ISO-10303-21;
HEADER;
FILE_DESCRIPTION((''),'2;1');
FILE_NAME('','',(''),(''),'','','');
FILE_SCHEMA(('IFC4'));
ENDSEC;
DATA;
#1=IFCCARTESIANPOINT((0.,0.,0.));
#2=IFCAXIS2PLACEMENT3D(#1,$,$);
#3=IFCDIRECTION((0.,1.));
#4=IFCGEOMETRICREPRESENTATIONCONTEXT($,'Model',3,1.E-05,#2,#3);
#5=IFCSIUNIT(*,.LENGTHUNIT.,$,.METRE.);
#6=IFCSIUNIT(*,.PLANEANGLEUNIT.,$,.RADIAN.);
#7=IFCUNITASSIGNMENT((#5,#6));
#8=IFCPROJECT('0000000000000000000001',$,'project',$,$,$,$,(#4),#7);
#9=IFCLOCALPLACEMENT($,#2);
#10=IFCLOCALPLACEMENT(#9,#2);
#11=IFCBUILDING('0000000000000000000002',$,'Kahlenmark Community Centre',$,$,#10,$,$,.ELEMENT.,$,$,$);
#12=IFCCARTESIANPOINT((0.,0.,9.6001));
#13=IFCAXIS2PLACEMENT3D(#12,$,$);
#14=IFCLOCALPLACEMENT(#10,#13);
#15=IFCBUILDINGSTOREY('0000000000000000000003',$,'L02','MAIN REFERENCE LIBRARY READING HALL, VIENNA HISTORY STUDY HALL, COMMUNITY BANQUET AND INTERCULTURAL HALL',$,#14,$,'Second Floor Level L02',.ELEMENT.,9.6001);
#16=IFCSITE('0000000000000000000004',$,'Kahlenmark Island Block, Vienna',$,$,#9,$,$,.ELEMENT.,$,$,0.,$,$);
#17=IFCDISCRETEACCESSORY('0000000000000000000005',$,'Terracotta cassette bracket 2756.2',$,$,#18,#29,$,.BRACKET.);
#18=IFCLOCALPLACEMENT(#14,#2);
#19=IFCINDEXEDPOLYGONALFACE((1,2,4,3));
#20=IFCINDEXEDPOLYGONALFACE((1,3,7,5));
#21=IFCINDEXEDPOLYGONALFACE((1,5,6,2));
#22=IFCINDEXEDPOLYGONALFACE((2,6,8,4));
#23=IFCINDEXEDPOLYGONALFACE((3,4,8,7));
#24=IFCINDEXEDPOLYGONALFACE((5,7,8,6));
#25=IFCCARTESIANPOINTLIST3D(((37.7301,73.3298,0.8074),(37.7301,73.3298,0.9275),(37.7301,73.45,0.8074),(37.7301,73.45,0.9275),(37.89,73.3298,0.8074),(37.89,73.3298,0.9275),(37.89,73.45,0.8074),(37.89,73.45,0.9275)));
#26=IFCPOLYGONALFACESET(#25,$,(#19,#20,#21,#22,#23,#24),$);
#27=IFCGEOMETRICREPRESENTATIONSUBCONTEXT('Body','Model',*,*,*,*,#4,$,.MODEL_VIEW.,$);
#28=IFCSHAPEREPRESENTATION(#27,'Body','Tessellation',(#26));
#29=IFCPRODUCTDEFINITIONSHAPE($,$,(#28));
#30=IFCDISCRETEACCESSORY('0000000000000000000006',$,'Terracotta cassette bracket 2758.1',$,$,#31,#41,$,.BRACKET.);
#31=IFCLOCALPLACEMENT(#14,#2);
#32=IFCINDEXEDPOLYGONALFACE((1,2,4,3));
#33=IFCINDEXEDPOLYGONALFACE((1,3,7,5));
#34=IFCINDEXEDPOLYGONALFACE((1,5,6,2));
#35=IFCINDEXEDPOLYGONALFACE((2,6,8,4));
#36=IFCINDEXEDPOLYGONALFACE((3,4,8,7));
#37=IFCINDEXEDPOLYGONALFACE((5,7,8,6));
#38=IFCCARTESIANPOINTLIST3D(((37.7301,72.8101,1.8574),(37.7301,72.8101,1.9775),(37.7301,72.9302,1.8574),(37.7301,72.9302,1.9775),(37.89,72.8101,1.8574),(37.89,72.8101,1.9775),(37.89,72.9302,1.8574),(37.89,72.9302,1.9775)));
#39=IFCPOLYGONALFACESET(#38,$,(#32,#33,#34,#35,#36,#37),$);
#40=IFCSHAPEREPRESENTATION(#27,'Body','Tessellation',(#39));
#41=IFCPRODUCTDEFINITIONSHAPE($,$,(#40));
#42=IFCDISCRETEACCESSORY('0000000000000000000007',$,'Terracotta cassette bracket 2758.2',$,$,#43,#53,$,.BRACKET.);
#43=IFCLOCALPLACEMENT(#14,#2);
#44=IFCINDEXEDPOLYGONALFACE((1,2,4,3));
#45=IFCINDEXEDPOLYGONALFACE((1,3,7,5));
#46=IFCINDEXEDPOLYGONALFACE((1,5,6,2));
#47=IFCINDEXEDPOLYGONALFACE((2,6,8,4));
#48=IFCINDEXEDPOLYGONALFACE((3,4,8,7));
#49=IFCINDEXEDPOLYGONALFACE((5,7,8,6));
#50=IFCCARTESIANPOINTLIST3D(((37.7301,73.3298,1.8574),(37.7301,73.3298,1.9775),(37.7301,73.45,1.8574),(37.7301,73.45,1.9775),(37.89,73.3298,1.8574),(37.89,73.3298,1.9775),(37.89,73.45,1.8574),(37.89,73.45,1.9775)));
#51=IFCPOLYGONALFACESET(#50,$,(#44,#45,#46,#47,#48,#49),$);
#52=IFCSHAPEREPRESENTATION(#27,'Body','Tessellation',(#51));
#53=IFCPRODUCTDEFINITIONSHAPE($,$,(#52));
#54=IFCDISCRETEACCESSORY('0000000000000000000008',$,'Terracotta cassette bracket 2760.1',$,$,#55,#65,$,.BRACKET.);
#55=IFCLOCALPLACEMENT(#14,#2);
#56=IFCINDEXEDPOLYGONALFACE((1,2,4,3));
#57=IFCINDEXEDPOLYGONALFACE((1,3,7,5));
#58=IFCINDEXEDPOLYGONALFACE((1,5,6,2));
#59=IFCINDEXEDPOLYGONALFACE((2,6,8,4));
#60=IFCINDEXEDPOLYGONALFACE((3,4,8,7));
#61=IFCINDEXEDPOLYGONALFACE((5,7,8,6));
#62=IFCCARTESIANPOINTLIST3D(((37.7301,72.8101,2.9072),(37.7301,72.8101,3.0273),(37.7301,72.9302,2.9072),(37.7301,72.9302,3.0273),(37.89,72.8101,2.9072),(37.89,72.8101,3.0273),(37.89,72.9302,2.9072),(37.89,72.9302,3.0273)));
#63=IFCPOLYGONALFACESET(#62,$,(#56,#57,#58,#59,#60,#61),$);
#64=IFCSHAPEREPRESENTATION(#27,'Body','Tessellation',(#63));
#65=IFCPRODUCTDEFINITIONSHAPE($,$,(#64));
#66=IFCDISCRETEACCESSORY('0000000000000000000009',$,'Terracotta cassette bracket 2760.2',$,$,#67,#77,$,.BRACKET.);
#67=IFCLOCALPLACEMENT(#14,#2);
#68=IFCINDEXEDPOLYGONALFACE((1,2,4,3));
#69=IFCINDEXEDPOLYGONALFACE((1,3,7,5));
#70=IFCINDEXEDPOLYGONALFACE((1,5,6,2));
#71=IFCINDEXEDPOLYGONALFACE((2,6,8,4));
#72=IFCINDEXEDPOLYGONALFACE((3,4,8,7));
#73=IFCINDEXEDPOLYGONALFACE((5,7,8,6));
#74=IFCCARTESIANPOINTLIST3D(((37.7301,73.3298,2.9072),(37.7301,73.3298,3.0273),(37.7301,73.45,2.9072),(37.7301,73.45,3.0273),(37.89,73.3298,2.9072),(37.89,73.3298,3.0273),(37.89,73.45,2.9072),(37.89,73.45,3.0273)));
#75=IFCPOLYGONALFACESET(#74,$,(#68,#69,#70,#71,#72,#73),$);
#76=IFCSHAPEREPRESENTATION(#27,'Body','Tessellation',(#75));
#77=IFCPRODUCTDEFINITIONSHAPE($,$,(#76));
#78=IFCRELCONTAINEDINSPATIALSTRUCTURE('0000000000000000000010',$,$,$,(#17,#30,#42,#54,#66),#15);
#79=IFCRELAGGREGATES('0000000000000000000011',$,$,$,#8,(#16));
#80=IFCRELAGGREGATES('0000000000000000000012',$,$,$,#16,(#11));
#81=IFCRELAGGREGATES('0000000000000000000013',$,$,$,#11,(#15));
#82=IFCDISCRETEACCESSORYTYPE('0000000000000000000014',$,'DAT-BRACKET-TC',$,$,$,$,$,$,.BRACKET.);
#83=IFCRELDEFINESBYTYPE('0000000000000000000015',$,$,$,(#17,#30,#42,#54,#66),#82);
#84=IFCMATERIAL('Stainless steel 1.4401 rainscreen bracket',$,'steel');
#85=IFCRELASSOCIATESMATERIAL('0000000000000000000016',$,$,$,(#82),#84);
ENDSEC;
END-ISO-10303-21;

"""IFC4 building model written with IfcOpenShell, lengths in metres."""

from ifc_helpers import new_model, si_unit, direction, frame, origin, origin_2d, place, context, subcontext, project, spatial, rectangle, extrude, material, type_object, element, save


model = new_model("IFC4")

# Units and contexts
model_context = context("Model", 3, precision=1e-05, world=origin(), true_north=direction((0.0, 1.0)))
body_context = subcontext(model_context, "Body", "Model", "MODEL_VIEW")
ifc_project = project(units=[si_unit("LENGTHUNIT", "METRE"), si_unit("PLANEANGLEUNIT", "RADIAN")], contexts=[model_context])

# Site, building, storey
site_placement = place(None, origin())
site = spatial("IfcSite", under=ifc_project, at=site_placement, Name="Kahlenmark Island Block, Vienna", CompositionType="ELEMENT", RefElevation=0.0)
building_placement = place(site_placement, origin())
building = spatial("IfcBuilding", under=site, at=building_placement, Name="Kahlenmark Community Centre", CompositionType="ELEMENT")
storey_placement = place(building_placement, frame((0.0, 0.0, 9.6001)))
storey = spatial("IfcBuildingStorey", under=building, at=storey_placement, Name="L02", Description="MAIN REFERENCE LIBRARY READING HALL, VIENNA HISTORY STUDY HALL, COMMUNITY BANQUET AND INTERCULTURAL HALL", LongName="Second Floor Level L02", CompositionType="ELEMENT", Elevation=9.6001)

# Discrete accessories
ifc_material_1 = material(Name="Stainless steel 1.4401 rainscreen bracket", Category="steel")
discrete_accessory_type = type_object("IfcDiscreteAccessoryType", Name="DAT-BRACKET-TC", PredefinedType="BRACKET", material=ifc_material_1)
for number, where, z_axis, x_axis, name in (
    (1, (37.8101, 73.3899, 0.8074), (0.0, 0.0, 1.0), (0.0, 1.0, 0.0), "Terracotta cassette bracket 2756.2"),
    (2, (37.8101, 72.8701, 1.8574), (0.0, 0.0, 1.0), (0.0, 1.0, 0.0), "Terracotta cassette bracket 2758.1"),
    (3, (37.8101, 73.3899, 1.8574), (0.0, 0.0, 1.0), (0.0, 1.0, 0.0), "Terracotta cassette bracket 2758.2"),
    (4, (37.8101, 72.8701, 2.9072), (0.0, 0.0, 1.0), (0.0, 1.0, 0.0), "Terracotta cassette bracket 2760.1"),
    (5, (37.8101, 73.3899, 2.9072), (0.0, 0.0, 1.0), (0.0, 1.0, 0.0), "Terracotta cassette bracket 2760.2"),
):
    element("IfcDiscreteAccessory", number, at=place(storey_placement, frame(where, z_axis=z_axis, x_axis=x_axis)), inside=storey, type_object=discrete_accessory_type, Name=name, PredefinedType="BRACKET", context=body_context, shape_type="SweptSolid", body=[
        extrude(rectangle(XDim=0.1201, YDim=0.1599, at=origin_2d()), origin(), (0.0, 0.0, 1.0), 0.1201),
    ])

save(model, "model.ifc")
